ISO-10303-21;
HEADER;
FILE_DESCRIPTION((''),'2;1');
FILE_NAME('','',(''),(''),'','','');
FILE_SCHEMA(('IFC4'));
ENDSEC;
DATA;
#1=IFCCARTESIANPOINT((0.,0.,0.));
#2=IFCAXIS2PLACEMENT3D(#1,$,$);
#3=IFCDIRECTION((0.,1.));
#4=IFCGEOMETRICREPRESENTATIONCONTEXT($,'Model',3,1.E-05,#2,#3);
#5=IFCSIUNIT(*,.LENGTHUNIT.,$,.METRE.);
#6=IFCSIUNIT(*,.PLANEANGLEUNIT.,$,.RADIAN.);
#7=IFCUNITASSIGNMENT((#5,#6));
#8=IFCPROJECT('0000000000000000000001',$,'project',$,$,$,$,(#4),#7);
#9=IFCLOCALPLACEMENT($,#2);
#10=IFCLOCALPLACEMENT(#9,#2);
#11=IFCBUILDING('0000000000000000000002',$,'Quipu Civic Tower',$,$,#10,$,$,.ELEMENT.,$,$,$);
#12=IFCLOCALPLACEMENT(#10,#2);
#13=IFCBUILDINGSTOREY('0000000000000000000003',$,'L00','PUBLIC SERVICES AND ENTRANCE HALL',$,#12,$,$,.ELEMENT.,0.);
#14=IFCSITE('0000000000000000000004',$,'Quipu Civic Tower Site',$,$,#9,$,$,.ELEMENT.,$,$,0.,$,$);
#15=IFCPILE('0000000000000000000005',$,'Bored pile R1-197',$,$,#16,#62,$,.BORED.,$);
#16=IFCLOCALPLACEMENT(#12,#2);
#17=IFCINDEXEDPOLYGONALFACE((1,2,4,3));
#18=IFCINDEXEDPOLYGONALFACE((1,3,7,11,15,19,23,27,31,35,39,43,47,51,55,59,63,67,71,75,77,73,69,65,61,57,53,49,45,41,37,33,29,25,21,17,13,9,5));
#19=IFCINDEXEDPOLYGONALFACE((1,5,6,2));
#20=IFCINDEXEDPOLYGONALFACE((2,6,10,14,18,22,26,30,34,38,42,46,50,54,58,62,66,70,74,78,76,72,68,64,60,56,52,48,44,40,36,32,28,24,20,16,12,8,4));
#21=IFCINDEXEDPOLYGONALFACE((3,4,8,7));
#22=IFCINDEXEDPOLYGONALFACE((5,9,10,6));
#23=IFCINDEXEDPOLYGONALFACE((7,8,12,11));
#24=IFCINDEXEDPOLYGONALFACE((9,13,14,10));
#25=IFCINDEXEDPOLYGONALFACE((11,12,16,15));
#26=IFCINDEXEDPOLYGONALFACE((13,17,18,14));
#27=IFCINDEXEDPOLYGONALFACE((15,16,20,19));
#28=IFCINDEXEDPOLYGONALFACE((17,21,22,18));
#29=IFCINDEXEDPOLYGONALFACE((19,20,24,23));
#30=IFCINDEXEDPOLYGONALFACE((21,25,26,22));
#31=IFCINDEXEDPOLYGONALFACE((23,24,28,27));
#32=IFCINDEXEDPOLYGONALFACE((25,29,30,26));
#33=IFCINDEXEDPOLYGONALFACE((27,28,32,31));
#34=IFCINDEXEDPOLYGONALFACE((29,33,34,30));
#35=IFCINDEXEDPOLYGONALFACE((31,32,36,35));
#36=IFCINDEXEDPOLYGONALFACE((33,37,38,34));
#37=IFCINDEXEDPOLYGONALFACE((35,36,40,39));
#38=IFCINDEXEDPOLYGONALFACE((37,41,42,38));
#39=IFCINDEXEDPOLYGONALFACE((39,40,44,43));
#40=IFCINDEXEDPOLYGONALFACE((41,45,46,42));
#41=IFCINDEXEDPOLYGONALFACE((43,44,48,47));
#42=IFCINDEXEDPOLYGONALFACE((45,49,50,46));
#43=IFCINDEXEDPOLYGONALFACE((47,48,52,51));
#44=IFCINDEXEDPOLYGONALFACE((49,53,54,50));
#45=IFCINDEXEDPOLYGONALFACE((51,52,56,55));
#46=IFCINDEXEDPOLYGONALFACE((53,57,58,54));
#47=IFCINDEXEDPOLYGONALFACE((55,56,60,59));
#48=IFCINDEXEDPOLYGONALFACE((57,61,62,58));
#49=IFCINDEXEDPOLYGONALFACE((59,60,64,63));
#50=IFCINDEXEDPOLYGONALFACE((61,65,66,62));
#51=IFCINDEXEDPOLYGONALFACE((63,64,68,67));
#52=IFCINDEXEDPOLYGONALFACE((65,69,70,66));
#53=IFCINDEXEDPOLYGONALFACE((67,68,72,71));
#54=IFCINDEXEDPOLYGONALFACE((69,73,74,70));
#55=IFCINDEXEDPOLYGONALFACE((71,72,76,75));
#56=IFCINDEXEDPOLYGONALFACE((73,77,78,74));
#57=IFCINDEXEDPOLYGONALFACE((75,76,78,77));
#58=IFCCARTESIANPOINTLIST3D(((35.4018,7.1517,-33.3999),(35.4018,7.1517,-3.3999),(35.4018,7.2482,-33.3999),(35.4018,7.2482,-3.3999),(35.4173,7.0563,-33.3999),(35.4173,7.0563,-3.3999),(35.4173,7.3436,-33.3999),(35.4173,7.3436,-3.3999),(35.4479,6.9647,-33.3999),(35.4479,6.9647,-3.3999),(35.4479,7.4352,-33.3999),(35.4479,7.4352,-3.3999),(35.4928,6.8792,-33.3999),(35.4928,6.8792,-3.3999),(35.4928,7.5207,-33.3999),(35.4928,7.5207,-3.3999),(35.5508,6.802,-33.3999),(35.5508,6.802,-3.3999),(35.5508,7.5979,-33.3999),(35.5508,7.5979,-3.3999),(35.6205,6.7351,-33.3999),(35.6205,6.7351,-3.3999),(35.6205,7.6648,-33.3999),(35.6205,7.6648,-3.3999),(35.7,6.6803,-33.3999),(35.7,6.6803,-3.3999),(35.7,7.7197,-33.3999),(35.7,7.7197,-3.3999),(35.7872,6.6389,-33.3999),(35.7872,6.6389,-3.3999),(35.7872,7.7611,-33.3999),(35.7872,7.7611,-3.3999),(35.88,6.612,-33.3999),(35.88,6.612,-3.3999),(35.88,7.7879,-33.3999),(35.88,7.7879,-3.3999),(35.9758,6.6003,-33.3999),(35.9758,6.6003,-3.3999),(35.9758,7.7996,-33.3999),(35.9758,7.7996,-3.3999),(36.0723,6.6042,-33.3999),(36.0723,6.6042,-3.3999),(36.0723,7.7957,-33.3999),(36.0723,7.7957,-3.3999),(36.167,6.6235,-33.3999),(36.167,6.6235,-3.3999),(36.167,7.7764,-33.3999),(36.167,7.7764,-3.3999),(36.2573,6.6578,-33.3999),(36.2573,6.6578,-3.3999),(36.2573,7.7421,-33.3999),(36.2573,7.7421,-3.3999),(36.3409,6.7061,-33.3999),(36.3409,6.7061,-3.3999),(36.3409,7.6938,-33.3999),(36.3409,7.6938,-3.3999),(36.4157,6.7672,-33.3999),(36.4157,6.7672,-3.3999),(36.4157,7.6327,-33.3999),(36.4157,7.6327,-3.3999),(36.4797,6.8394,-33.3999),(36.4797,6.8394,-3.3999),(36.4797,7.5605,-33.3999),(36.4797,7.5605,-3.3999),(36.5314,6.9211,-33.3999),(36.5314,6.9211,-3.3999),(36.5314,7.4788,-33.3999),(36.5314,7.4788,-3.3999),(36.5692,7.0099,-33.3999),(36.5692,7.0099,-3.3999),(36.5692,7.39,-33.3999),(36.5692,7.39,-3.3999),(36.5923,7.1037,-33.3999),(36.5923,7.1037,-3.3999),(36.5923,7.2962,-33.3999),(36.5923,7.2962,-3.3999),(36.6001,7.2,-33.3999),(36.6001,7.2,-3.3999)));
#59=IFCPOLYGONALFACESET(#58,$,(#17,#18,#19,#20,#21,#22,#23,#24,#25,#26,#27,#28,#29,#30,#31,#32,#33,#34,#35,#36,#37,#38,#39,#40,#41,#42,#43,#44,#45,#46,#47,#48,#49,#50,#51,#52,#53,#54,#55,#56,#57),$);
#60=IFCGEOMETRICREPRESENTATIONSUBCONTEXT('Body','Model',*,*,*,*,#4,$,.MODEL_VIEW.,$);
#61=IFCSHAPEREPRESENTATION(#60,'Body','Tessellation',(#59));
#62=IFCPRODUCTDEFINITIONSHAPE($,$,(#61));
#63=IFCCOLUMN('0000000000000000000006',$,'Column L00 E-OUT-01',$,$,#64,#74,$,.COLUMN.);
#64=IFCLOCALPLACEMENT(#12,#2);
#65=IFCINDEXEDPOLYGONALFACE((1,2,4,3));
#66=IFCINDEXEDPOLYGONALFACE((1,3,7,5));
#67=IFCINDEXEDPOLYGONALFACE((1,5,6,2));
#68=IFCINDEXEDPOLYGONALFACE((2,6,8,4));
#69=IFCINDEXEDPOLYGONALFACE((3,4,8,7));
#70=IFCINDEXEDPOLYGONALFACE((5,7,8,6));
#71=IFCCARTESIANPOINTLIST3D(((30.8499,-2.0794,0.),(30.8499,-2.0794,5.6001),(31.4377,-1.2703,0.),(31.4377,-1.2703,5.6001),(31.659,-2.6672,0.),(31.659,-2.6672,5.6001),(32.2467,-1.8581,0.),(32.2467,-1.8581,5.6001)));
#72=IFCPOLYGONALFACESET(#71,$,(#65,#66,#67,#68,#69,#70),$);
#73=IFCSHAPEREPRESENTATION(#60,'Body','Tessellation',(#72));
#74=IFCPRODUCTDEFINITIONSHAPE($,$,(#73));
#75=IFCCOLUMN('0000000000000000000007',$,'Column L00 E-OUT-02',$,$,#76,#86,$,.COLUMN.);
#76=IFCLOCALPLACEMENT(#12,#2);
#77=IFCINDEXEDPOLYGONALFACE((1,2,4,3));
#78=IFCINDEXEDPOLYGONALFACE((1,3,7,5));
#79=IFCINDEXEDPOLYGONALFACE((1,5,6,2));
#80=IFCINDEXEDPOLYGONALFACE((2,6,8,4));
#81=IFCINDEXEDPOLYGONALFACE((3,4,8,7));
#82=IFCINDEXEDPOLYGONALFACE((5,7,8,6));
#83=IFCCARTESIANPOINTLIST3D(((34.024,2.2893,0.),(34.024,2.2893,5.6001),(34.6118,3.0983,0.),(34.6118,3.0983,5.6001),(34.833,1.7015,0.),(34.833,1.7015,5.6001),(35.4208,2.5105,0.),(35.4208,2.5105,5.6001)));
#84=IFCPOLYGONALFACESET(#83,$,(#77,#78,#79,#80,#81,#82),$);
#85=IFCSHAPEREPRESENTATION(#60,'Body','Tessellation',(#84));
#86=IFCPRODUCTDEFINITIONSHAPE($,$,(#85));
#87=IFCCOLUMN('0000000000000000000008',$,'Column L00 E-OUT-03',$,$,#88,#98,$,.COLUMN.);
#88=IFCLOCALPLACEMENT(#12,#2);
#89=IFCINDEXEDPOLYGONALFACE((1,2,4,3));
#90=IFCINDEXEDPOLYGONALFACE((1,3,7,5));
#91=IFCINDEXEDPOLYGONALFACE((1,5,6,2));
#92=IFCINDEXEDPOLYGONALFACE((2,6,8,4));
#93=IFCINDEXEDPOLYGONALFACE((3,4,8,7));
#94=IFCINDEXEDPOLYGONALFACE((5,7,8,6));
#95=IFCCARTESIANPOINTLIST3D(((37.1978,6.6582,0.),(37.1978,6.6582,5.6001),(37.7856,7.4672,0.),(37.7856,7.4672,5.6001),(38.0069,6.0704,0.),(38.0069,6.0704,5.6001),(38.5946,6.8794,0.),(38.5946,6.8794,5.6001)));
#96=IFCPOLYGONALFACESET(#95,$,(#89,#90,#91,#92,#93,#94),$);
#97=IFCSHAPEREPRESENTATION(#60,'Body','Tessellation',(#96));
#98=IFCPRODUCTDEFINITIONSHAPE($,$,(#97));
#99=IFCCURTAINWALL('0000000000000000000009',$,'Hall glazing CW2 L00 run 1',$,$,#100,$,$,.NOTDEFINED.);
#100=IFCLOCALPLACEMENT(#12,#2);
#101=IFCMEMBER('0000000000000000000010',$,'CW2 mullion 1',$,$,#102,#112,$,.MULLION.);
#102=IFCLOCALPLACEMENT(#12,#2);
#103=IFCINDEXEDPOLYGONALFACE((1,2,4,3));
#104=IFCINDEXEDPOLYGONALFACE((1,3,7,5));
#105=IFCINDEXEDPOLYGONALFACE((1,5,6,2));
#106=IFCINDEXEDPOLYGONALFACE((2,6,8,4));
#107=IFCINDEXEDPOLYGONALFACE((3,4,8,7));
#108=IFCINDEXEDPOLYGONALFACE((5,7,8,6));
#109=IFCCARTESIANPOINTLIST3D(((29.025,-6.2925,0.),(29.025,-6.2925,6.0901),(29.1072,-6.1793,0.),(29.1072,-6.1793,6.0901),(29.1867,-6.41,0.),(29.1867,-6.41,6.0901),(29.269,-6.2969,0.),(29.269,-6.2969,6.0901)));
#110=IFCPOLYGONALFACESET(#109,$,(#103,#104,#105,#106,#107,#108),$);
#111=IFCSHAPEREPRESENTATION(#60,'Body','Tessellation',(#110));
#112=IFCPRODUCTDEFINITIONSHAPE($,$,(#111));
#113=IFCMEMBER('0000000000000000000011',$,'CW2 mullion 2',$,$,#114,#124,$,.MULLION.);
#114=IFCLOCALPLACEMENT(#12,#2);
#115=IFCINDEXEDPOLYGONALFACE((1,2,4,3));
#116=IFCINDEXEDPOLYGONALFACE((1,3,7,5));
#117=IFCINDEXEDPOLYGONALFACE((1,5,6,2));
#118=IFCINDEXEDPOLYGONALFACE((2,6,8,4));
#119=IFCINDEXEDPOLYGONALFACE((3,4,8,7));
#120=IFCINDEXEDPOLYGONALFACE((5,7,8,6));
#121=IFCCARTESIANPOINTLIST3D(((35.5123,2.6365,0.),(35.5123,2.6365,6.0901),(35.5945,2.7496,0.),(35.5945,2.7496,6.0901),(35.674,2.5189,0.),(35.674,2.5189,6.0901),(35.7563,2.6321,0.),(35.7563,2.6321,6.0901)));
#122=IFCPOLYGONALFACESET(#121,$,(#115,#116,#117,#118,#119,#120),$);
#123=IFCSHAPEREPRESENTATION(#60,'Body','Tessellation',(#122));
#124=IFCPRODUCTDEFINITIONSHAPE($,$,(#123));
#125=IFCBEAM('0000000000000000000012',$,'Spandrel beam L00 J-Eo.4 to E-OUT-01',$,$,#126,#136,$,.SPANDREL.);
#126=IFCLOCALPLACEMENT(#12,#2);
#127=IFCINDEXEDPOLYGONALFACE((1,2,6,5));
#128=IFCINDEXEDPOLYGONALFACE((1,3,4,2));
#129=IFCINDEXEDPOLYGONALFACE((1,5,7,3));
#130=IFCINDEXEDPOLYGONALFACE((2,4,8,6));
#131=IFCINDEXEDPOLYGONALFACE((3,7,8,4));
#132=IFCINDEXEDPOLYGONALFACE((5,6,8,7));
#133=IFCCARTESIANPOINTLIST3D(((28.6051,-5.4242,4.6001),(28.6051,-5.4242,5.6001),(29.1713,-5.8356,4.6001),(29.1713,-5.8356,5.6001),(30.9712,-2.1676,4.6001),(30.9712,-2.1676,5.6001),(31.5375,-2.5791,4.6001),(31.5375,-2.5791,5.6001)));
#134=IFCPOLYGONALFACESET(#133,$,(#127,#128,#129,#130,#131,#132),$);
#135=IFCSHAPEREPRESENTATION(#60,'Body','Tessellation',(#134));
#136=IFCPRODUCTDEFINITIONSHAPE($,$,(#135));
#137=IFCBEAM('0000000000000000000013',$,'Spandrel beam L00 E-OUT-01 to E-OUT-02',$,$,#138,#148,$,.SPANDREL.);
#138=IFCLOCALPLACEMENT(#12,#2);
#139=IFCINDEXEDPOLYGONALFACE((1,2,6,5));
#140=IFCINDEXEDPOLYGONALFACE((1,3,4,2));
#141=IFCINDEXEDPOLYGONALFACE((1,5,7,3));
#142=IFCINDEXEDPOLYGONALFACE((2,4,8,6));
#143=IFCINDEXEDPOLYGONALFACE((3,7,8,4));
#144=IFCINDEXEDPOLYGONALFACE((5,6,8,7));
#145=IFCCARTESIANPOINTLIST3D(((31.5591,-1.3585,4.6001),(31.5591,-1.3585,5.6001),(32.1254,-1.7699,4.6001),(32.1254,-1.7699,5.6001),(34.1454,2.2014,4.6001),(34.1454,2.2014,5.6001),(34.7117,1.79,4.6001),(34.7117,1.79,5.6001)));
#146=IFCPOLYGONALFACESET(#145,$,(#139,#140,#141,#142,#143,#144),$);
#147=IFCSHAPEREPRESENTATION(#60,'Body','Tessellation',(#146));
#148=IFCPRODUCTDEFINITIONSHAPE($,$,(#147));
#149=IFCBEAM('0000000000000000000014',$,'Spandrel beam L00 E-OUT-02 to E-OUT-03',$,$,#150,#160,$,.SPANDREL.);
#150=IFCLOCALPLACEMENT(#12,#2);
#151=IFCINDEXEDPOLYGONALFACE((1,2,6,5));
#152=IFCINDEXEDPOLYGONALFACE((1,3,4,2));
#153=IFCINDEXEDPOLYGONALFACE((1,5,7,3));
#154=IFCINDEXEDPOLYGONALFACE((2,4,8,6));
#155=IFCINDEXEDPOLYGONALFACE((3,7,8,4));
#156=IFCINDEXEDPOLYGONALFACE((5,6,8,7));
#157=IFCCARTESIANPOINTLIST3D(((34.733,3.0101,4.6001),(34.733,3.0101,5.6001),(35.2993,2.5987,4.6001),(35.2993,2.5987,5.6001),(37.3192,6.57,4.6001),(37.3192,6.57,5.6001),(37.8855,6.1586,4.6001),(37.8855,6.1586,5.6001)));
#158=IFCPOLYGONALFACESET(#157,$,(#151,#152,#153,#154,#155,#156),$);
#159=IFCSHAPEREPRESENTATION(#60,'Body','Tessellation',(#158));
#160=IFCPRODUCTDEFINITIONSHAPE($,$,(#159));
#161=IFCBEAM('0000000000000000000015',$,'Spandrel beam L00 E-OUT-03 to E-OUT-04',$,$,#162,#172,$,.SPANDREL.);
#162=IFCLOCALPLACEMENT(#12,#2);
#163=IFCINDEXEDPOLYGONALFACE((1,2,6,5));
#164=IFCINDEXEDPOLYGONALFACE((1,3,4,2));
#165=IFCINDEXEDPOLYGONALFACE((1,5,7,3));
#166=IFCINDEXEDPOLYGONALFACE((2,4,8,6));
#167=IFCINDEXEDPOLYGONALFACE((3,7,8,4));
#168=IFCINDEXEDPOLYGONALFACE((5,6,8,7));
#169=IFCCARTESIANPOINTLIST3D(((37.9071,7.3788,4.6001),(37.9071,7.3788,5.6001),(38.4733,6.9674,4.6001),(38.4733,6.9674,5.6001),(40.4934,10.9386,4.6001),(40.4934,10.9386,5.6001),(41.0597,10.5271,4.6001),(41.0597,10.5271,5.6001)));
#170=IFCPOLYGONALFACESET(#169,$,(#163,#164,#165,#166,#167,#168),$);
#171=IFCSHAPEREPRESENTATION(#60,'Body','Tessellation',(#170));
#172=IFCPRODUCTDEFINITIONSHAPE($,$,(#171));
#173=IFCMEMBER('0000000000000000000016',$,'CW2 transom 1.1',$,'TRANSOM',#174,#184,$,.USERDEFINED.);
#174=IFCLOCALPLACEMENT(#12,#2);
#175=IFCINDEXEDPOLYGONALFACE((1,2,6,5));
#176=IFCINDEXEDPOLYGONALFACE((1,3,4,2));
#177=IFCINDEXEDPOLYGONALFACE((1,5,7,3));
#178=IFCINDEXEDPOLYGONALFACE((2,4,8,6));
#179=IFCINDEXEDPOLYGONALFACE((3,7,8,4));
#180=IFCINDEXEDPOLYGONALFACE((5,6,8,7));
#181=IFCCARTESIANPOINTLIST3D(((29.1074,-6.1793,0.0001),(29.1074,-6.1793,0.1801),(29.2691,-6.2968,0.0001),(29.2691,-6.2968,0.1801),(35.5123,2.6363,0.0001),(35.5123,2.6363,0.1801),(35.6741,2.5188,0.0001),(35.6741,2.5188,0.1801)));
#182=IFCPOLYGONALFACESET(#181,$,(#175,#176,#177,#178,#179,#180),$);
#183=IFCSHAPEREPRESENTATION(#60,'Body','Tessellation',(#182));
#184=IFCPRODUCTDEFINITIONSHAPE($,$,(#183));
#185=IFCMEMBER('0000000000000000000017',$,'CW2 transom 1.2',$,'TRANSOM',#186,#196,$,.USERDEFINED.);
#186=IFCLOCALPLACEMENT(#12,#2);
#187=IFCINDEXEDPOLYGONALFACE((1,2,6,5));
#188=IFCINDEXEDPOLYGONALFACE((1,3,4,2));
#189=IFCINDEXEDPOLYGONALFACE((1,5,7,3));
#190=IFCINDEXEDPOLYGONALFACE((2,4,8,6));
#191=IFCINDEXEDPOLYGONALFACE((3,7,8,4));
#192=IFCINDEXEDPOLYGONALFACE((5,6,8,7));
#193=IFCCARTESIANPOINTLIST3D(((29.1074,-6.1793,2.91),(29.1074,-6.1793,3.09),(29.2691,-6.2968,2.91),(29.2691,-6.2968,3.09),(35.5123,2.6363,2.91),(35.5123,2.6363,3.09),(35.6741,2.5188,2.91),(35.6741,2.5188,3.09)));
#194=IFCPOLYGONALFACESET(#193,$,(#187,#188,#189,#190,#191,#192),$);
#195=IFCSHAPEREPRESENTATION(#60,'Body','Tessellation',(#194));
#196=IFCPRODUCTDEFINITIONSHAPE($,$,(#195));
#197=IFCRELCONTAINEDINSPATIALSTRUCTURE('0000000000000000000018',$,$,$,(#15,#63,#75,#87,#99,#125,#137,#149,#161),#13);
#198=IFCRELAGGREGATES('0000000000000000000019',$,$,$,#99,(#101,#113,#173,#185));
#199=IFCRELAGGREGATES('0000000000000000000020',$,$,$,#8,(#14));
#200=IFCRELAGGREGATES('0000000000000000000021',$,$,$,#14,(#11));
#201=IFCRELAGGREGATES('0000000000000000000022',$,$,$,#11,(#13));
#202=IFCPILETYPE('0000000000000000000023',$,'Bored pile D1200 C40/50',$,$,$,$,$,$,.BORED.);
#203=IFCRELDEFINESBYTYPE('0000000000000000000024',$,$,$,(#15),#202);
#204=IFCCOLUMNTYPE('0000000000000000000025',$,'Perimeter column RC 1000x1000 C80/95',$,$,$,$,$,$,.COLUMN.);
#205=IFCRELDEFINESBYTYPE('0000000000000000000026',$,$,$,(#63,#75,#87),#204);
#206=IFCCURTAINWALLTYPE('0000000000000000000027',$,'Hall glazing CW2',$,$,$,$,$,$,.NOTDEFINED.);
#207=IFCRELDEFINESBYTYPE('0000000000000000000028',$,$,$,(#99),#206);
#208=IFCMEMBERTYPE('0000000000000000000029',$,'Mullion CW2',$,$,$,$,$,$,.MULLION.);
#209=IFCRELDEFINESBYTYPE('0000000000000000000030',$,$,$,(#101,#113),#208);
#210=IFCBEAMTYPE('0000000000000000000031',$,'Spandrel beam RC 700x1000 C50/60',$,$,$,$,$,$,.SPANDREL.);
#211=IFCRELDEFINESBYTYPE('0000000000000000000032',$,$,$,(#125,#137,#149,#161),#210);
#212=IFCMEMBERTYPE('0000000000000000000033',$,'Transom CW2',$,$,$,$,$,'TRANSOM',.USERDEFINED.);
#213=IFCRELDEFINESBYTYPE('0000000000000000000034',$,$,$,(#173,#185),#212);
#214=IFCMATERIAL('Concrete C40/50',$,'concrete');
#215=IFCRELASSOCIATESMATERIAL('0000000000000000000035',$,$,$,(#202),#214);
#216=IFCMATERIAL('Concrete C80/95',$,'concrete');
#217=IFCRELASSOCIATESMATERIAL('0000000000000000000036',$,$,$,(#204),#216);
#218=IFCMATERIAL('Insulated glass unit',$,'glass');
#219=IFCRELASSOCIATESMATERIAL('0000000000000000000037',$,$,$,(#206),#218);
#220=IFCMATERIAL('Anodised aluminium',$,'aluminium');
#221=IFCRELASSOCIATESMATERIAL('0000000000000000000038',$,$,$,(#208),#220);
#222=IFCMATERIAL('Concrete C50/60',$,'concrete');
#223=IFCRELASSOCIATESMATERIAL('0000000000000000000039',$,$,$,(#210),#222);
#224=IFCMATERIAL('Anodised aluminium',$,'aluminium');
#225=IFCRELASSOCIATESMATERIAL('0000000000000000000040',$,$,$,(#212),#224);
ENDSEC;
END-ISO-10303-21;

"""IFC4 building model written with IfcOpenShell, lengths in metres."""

from ifc_helpers import new_model, si_unit, direction, frame, origin, origin_2d, place, context, subcontext, project, spatial, rectangle, circle, extrude, material, material_profile, profile_set, type_object, element, aggregate, save


model = new_model("IFC4")

# Units and contexts
model_context = context("Model", 3, precision=1e-05, world=origin(), true_north=direction((0.0, 1.0)))
body_context = subcontext(model_context, "Body", "Model", "MODEL_VIEW")
ifc_project = project(units=[si_unit("LENGTHUNIT", "METRE"), si_unit("PLANEANGLEUNIT", "RADIAN")], contexts=[model_context])

# Site, building, storey
site_placement = place(None, origin())
site = spatial("IfcSite", under=ifc_project, at=site_placement, Name="Quipu Civic Tower Site", CompositionType="ELEMENT", RefElevation=0.0)
building_placement = place(site_placement, origin())
building = spatial("IfcBuilding", under=site, at=building_placement, Name="Quipu Civic Tower", CompositionType="ELEMENT")
storey_placement = place(building_placement, origin())
storey = spatial("IfcBuildingStorey", under=building, at=storey_placement, Name="L00", Description="PUBLIC SERVICES AND ENTRANCE HALL", CompositionType="ELEMENT", Elevation=0.0)

# Pile
ifc_material_1 = material(Name="Concrete C40/50", Category="concrete")
ifc_material_profile_1 = material_profile(ifc_material_1, circle(Radius=0.6001, at=origin_2d()), Name="RCD1200")
ifc_profile_set_1 = profile_set([ifc_material_profile_1], Name="Concrete C40/50")
pile_type = type_object("IfcPileType", Name="Bored pile D1200 C40/50", PredefinedType="BORED", material=ifc_profile_set_1)
for number, where, z_axis, x_axis, name in (
    (1, (36.0, 7.2, -3.3999), (0.0, 0.0, -1.0), (1.0, 0.0, 0.0), "Bored pile R1-197"),
):
    element("IfcPile", number, at=place(storey_placement, frame(where, z_axis=z_axis, x_axis=x_axis)), inside=storey, type_object=pile_type, Name=name, PredefinedType="BORED", context=body_context, shape_type="SweptSolid", body=[
        extrude(circle(Radius=0.6001, at=origin_2d()), origin(), (0.0, 0.0, 1.0), 30.0),
    ])

# Columns
ifc_material_2 = material(Name="Concrete C80/95", Category="concrete")
ifc_material_profile_2 = material_profile(ifc_material_2, rectangle(XDim=1.0, YDim=1.0, at=origin_2d()), Name="RC1000x1000")
ifc_profile_set_2 = profile_set([ifc_material_profile_2], Name="Concrete C80/95")
column_type = type_object("IfcColumnType", Name="Perimeter column RC 1000x1000 C80/95", PredefinedType="COLUMN", material=ifc_profile_set_2)
for number, where, z_axis, x_axis, name in (
    (2, (31.5483, -1.9688, 0.0), (0.0, 0.0, 1.0), (0.587785, 0.809017, 0.0), "Column L00 E-OUT-01"),
    (3, (34.7224, 2.3999, 0.0), (0.0, 0.0, 1.0), (0.587785, 0.809017, 0.0), "Column L00 E-OUT-02"),
    (4, (37.8962, 6.7688, 0.0), (0.0, 0.0, 1.0), (0.587785, 0.809017, 0.0), "Column L00 E-OUT-03"),
):
    element("IfcColumn", number, at=place(storey_placement, frame(where, z_axis=z_axis, x_axis=x_axis)), inside=storey, type_object=column_type, Name=name, PredefinedType="COLUMN", context=body_context, shape_type="SweptSolid", body=[
        extrude(rectangle(XDim=1.0, YDim=1.0, at=origin_2d()), origin(), (0.0, 0.0, 1.0), 5.6001),
    ])

# Curtain wall, members
ifc_material_3 = material(Name="Insulated glass unit", Category="glass")
curtain_wall_type = type_object("IfcCurtainWallType", Name="Hall glazing CW2", PredefinedType="NOTDEFINED", material=ifc_material_3)
curtain_wall_placement = place(storey_placement, origin())
curtain_wall = element("IfcCurtainWall", 5, at=curtain_wall_placement, inside=storey, type_object=curtain_wall_type, Name="Hall glazing CW2 L00 run 1", PredefinedType="NOTDEFINED")
ifc_material_4 = material(Name="Anodised aluminium", Category="aluminium")
ifc_material_profile_3 = material_profile(ifc_material_4, rectangle(XDim=0.2, YDim=0.1399, at=origin_2d()), Name="RECT 200x140")
ifc_profile_set_3 = profile_set([ifc_material_profile_3], Name="Anodised aluminium")
member_type_1 = type_object("IfcMemberType", Name="Mullion CW2", PredefinedType="MULLION", material=ifc_profile_set_3)
member_1_placement = place(storey_placement, frame((29.147, -6.2947, 0.0), z_axis=(0.0, 0.0, 1.0), x_axis=(-0.809018, 0.587784, 0.0)))
member_1 = element("IfcMember", 6, at=member_1_placement, type_object=member_type_1, Name="CW2 mullion 1", PredefinedType="MULLION", context=body_context, shape_type="SweptSolid", body=[
    extrude(rectangle(XDim=0.2, YDim=0.1399, at=origin_2d()), origin(), (0.0, 0.0, 1.0), 6.0901),
])
member_2_placement = place(storey_placement, frame((35.6343, 2.6343, 0.0), z_axis=(0.0, 0.0, 1.0), x_axis=(-0.809018, 0.587784, 0.0)))
member_2 = element("IfcMember", 7, at=member_2_placement, type_object=member_type_1, Name="CW2 mullion 2", PredefinedType="MULLION", context=body_context, shape_type="SweptSolid", body=[
    extrude(rectangle(XDim=0.2, YDim=0.1399, at=origin_2d()), origin(), (0.0, 0.0, 1.0), 6.0901),
])

# Beams
ifc_material_5 = material(Name="Concrete C50/60", Category="concrete")
ifc_material_profile_4 = material_profile(ifc_material_5, rectangle(XDim=0.7, YDim=1.0, at=origin_2d()), Name="RC700x1000")
ifc_profile_set_4 = profile_set([ifc_material_profile_4], Name="Concrete C50/60")
beam_type = type_object("IfcBeamType", Name="Spandrel beam RC 700x1000 C50/60", PredefinedType="SPANDREL", material=ifc_profile_set_4)
beam_placement = place(storey_placement, frame((28.8882, -5.6299, 5.1001), z_axis=(0.587811, 0.808998, 0.0), x_axis=(-0.808998, 0.587811, 0.0)))
element("IfcBeam", 8, at=beam_placement, inside=storey, type_object=beam_type, Name="Spandrel beam L00 J-Eo.4 to E-OUT-01", PredefinedType="SPANDREL", context=body_context, shape_type="SweptSolid", body=[
    extrude(rectangle(XDim=0.7, YDim=1.0, at=origin_2d()), origin(), (0.0, 0.0, 1.0), 4.0254),
])
for number, where, z_axis, x_axis, name in (
    (9, (31.8423, -1.5642, 5.1001), (0.587759, 0.809036, 0.0), (-0.809036, 0.587759, 0.0), "Spandrel beam L00 E-OUT-01 to E-OUT-02"),
    (10, (35.0161, 2.8044, 5.1001), (0.587759, 0.809036, 0.0), (-0.809036, 0.587759, 0.0), "Spandrel beam L00 E-OUT-02 to E-OUT-03"),
    (11, (38.1902, 7.1731, 5.1001), (0.587796, 0.80901, 0.0), (-0.80901, 0.587796, 0.0), "Spandrel beam L00 E-OUT-03 to E-OUT-04"),
):
    element("IfcBeam", number, at=place(storey_placement, frame(where, z_axis=z_axis, x_axis=x_axis)), inside=storey, type_object=beam_type, Name=name, PredefinedType="SPANDREL", context=body_context, shape_type="SweptSolid", body=[
        extrude(rectangle(XDim=0.7, YDim=1.0, at=origin_2d()), origin(), (0.0, 0.0, 1.0), 4.4001),
    ])

# Members
ifc_material_6 = material(Name="Anodised aluminium", Category="aluminium")
ifc_material_profile_5 = material_profile(ifc_material_6, rectangle(XDim=0.2, YDim=0.1799, at=origin_2d()), Name="RECT 200x180")
ifc_profile_set_5 = profile_set([ifc_material_profile_5], Name="Anodised aluminium")
member_type_2 = type_object("IfcMemberType", Name="Transom CW2", ElementType="TRANSOM", PredefinedType="USERDEFINED", material=ifc_profile_set_5)
member_3_placement = place(storey_placement, frame((29.1882, -6.238, 0.0901), z_axis=(0.587789, 0.809014, 0.0), x_axis=(-0.809014, 0.587789, 0.0)))
member_3 = element("IfcMember", 12, at=member_3_placement, type_object=member_type_2, Name="CW2 transom 1.1", ObjectType="TRANSOM", PredefinedType="USERDEFINED", context=body_context, shape_type="SweptSolid", body=[
    extrude(rectangle(XDim=0.2, YDim=0.1799, at=origin_2d()), origin(), (0.0, 0.0, 1.0), 10.8967),
])
member_4_placement = place(storey_placement, frame((29.1882, -6.238, 3.0), z_axis=(0.587789, 0.809014, 0.0), x_axis=(-0.809014, 0.587789, 0.0)))
member_4 = element("IfcMember", 13, at=member_4_placement, type_object=member_type_2, Name="CW2 transom 1.2", ObjectType="TRANSOM", PredefinedType="USERDEFINED", context=body_context, shape_type="SweptSolid", body=[
    extrude(rectangle(XDim=0.2, YDim=0.1799, at=origin_2d()), origin(), (0.0, 0.0, 1.0), 10.8967),
])

aggregate(curtain_wall, [member_1, member_2, member_3, member_4])

save(model, "model.ifc")
